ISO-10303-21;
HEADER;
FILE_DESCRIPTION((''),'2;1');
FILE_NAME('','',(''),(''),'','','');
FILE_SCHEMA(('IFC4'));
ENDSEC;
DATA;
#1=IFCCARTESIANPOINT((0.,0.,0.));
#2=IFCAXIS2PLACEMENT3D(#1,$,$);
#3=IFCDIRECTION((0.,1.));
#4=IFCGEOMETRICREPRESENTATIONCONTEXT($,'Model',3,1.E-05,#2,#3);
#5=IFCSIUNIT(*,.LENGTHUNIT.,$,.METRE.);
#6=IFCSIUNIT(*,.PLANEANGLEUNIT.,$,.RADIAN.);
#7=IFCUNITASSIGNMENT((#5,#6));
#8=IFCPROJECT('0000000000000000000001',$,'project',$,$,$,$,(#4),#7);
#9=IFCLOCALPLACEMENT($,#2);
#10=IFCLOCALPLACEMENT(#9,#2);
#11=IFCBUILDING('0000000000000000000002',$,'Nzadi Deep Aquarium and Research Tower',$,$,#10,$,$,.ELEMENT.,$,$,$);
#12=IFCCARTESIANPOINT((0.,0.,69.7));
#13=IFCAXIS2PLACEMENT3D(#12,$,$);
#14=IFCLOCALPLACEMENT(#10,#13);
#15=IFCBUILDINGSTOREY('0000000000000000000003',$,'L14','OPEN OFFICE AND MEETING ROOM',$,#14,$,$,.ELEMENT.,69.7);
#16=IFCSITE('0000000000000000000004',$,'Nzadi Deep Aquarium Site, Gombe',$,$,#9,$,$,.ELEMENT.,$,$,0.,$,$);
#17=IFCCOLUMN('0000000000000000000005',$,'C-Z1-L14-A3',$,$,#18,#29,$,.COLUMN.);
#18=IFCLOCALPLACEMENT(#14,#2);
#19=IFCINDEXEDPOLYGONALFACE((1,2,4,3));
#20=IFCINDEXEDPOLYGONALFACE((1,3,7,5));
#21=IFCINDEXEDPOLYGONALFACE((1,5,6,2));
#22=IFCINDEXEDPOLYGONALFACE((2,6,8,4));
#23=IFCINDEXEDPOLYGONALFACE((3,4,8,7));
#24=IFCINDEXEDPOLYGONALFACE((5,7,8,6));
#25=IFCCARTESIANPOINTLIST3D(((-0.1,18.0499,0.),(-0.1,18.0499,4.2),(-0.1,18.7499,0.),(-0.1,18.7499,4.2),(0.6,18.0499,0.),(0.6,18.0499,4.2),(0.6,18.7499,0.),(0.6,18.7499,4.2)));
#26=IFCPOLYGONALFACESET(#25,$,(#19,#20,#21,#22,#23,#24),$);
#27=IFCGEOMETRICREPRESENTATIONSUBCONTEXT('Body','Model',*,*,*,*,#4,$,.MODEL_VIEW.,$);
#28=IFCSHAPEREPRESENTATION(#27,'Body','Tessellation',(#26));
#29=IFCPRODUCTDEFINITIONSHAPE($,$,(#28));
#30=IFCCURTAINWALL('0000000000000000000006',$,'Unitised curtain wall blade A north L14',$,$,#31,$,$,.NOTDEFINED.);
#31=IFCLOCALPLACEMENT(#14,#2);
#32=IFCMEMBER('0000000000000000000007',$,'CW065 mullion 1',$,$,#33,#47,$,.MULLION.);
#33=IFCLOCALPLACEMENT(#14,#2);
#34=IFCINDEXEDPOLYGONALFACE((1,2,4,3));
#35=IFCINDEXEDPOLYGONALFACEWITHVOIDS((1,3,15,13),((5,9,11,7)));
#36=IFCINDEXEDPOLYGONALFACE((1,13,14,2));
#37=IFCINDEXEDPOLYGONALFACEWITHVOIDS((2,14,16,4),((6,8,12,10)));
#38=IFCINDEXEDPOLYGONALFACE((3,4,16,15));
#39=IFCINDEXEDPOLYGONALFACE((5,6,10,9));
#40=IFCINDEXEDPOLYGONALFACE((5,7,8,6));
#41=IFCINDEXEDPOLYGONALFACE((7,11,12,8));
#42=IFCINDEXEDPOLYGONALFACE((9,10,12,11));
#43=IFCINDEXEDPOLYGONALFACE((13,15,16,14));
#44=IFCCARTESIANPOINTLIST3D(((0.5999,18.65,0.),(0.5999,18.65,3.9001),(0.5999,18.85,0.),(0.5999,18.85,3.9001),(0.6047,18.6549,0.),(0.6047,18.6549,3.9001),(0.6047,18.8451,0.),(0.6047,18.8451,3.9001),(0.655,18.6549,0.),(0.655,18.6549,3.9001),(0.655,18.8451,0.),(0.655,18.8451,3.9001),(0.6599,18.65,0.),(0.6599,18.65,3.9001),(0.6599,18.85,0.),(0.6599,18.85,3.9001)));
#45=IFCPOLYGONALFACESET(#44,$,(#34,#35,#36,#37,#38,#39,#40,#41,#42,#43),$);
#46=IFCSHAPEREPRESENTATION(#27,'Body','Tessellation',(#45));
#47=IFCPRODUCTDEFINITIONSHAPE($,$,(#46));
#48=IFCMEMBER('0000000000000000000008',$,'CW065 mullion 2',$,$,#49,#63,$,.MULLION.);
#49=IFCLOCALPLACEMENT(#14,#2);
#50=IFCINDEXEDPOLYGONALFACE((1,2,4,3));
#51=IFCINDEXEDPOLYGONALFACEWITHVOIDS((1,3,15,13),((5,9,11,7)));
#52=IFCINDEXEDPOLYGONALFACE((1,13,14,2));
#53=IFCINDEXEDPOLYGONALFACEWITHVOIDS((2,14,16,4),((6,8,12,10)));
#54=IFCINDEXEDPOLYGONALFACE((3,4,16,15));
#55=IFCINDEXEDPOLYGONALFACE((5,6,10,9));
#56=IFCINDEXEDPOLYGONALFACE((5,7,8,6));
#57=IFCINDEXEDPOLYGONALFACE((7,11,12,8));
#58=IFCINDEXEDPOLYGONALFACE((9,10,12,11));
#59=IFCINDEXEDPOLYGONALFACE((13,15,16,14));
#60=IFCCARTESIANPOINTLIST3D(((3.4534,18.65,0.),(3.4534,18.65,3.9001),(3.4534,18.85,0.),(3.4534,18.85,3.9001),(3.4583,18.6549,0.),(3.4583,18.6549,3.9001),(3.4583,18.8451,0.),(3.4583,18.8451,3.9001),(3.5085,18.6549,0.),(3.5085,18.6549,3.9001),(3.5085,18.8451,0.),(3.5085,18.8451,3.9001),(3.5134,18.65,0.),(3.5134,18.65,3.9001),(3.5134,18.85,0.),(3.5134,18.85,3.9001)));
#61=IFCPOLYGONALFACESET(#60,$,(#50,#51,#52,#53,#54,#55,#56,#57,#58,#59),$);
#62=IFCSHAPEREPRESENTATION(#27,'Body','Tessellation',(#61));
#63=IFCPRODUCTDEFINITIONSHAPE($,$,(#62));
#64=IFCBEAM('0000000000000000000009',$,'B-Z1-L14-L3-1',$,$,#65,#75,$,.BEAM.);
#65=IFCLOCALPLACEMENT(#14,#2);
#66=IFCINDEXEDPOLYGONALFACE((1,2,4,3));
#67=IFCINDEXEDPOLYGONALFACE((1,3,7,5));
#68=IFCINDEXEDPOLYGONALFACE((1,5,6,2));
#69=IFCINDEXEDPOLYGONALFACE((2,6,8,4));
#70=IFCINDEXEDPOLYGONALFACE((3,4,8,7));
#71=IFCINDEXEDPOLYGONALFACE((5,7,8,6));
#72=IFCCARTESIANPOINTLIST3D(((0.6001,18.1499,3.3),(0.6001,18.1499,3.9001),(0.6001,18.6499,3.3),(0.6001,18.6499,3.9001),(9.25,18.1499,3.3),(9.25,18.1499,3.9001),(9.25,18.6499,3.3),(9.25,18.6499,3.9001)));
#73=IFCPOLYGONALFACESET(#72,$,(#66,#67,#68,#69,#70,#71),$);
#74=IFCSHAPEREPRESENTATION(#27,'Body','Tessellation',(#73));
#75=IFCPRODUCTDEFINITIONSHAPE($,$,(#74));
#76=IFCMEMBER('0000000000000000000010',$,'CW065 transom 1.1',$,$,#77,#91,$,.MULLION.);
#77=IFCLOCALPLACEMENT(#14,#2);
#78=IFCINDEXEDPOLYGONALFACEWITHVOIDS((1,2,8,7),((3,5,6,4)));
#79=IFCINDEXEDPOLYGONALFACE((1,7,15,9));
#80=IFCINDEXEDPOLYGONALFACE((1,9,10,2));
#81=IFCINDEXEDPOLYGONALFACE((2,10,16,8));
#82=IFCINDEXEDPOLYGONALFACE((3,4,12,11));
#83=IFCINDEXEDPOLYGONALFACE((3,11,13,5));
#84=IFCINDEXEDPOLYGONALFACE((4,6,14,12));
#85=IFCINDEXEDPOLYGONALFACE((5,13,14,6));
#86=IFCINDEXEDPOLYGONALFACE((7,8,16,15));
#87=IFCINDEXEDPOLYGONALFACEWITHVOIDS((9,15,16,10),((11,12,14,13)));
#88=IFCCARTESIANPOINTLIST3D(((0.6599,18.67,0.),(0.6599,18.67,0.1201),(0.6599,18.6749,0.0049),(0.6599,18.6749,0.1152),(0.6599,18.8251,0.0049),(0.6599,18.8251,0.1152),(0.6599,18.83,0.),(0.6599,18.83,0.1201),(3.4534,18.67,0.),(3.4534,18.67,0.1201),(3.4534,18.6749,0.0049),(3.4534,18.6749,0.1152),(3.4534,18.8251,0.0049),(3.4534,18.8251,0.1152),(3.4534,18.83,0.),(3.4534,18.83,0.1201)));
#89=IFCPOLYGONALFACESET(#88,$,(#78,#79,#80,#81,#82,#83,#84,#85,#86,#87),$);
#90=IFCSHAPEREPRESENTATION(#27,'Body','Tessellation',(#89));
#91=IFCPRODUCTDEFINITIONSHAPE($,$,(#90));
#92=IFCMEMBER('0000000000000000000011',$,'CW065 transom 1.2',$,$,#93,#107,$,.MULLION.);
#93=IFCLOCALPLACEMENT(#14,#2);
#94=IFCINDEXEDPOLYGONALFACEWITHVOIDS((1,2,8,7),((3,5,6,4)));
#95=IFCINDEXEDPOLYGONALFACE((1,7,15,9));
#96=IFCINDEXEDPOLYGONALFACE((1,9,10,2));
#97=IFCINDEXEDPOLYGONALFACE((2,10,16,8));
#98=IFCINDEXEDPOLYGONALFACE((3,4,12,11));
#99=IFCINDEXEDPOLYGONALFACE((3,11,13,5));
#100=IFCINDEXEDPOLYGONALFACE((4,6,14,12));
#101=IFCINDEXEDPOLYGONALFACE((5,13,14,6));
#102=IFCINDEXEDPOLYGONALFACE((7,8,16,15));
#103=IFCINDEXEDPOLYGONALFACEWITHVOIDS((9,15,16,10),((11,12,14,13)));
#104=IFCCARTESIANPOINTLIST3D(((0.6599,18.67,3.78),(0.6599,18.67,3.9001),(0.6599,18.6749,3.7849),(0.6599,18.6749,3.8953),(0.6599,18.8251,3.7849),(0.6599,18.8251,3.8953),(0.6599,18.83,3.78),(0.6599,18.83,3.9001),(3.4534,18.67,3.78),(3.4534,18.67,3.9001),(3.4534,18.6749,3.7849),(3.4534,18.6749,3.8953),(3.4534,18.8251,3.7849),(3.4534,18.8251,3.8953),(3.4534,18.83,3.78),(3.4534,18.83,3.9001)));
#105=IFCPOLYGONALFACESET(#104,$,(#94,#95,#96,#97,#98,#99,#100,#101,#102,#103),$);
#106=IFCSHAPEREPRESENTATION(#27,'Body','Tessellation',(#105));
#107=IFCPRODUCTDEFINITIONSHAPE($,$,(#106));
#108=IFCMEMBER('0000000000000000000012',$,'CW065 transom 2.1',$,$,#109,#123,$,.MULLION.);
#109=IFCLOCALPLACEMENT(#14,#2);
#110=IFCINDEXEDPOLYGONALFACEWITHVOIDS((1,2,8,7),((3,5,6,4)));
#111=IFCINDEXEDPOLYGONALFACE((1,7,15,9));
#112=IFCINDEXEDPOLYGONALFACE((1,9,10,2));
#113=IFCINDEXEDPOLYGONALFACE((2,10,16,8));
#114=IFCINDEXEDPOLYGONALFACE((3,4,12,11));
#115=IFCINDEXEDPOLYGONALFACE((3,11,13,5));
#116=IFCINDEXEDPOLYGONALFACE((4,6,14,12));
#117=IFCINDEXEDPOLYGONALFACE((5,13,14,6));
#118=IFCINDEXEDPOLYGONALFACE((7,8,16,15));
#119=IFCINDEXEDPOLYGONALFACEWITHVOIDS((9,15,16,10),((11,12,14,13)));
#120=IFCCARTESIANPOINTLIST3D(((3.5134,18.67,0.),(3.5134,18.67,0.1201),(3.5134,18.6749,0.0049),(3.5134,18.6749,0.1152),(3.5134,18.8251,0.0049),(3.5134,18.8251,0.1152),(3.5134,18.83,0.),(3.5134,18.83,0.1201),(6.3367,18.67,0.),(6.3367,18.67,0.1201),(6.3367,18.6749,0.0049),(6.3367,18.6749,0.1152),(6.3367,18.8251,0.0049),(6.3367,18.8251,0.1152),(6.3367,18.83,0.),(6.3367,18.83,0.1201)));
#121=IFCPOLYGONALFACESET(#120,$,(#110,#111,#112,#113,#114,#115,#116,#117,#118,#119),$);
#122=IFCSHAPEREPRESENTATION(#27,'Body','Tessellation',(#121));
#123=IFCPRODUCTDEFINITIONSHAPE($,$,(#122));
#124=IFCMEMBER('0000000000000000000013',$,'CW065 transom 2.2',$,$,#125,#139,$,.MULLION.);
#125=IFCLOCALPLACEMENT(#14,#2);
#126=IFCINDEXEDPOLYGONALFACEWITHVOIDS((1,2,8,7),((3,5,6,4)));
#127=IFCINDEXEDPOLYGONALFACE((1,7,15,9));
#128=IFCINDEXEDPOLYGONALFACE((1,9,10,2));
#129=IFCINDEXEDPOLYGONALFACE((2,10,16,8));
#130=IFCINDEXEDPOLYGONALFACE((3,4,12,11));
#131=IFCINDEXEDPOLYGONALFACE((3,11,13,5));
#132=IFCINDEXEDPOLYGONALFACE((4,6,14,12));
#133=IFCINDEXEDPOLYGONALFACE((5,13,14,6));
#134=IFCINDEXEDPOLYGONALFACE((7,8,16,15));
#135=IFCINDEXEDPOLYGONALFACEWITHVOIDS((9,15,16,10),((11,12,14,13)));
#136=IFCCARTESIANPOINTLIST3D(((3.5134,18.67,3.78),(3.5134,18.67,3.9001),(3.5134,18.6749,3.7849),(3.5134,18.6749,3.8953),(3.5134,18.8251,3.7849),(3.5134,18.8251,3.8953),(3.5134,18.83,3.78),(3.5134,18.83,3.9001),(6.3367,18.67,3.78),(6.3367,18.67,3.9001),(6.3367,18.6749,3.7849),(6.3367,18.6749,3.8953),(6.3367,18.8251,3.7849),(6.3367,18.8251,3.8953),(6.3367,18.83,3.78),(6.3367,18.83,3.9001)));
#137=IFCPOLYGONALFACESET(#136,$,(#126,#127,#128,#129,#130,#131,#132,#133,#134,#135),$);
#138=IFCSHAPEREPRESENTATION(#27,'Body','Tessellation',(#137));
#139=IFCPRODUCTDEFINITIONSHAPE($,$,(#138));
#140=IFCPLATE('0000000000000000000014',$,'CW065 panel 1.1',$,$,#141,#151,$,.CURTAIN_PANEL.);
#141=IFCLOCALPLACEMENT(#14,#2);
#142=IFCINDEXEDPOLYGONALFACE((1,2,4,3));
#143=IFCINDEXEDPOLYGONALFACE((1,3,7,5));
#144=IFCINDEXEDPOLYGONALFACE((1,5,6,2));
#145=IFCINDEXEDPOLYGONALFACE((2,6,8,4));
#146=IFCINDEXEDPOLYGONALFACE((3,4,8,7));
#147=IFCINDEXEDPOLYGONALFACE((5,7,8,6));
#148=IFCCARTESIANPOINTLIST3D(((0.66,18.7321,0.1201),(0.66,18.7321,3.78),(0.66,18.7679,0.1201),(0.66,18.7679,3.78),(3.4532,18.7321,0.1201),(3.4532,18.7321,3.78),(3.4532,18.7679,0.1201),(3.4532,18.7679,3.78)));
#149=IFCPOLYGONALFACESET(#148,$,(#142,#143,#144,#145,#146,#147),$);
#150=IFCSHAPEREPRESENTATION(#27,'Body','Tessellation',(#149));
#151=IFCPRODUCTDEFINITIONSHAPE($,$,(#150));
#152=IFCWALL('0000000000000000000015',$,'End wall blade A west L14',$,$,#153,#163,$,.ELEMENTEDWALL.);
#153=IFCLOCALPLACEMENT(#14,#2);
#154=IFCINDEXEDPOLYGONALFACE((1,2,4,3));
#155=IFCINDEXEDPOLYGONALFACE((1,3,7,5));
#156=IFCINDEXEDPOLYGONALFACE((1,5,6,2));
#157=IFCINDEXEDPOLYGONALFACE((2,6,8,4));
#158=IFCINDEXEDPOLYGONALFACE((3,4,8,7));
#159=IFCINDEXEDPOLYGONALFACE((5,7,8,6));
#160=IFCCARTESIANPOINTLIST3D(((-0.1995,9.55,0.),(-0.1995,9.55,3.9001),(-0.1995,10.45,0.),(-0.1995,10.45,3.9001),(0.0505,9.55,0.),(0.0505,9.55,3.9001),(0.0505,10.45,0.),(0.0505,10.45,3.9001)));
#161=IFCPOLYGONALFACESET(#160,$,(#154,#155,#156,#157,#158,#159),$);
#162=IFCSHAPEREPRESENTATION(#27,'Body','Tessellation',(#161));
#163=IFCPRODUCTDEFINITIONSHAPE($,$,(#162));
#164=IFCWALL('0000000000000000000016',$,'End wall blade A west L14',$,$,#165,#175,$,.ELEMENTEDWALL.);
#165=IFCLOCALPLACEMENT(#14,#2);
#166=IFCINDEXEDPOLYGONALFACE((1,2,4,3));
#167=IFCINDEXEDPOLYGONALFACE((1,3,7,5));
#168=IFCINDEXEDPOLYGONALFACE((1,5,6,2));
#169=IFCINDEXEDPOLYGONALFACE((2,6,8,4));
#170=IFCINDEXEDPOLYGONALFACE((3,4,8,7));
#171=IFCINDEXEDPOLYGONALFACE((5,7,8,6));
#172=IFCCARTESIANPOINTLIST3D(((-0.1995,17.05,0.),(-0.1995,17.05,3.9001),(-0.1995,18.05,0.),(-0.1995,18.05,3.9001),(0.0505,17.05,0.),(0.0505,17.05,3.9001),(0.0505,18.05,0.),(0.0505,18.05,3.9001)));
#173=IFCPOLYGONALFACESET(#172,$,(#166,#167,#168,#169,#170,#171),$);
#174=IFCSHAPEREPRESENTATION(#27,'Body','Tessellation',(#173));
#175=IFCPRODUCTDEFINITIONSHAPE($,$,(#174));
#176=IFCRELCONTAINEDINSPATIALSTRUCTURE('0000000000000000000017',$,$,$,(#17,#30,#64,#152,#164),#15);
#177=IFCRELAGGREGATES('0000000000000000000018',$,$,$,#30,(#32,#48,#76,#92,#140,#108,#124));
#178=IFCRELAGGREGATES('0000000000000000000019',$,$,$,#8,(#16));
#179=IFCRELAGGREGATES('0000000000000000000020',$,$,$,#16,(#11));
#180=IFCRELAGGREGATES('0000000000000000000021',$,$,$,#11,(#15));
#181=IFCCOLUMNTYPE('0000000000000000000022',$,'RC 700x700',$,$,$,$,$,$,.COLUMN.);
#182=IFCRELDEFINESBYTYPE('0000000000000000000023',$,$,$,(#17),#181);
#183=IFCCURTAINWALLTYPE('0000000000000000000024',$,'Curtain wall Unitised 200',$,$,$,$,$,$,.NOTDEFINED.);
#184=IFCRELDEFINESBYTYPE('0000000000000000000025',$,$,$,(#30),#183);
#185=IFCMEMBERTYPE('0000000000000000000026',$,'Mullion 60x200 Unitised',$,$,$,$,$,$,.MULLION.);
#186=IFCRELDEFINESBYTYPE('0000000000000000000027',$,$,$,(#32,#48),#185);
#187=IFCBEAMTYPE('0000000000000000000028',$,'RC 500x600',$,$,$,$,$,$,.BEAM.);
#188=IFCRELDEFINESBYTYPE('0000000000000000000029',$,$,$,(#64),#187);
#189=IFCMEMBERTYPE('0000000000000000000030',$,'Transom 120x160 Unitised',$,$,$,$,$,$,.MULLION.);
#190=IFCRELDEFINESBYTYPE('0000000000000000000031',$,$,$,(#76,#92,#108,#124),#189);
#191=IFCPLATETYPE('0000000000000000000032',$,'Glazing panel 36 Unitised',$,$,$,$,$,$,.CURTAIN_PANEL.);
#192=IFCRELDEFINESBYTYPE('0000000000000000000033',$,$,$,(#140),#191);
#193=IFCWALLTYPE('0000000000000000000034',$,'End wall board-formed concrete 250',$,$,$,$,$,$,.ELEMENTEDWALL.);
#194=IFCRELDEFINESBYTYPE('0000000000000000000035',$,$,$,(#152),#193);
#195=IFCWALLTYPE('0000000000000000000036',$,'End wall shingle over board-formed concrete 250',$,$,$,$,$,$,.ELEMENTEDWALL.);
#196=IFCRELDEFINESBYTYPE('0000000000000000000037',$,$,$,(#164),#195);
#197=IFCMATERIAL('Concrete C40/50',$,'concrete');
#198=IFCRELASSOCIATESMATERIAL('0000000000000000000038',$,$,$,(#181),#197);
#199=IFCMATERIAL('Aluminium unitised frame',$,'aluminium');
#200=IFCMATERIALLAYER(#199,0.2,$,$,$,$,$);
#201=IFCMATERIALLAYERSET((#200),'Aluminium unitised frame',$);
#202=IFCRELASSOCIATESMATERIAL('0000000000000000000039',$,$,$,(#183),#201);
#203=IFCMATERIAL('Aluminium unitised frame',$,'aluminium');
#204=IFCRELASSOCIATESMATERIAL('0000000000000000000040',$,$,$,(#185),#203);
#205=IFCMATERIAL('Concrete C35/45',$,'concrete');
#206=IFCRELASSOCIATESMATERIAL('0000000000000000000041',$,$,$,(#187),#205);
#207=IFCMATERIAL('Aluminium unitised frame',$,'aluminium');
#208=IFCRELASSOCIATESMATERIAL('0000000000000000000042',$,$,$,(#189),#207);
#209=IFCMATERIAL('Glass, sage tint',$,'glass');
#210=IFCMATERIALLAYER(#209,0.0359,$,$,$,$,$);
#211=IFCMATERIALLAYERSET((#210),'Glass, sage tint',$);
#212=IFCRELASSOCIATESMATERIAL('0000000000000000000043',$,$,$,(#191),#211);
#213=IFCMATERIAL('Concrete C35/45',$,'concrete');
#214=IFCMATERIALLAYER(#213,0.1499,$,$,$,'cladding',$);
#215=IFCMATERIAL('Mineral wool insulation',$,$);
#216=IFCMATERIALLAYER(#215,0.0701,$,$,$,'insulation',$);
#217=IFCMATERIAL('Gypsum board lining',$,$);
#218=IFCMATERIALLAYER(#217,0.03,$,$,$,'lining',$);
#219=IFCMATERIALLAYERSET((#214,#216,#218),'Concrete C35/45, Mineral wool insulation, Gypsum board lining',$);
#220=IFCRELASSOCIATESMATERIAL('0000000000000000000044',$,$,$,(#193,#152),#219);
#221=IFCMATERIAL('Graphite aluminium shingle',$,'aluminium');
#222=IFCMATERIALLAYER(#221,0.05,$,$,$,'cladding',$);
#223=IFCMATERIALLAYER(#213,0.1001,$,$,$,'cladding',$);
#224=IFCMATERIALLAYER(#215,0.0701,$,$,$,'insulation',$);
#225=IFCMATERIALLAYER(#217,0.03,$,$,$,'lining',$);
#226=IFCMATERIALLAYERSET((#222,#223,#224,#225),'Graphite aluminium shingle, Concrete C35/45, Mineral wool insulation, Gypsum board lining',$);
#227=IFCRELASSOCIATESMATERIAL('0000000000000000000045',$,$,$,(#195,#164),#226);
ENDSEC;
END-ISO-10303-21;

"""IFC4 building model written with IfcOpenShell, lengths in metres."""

from ifc_helpers import new_model, si_unit, direction, frame, frame_2d, origin, origin_2d, place, context, subcontext, project, spatial, rectangle, hollow_rectangle, extrude, material, layer, layer_set, layer_usage, material_profile, profile_set, type_object, element, aggregate, save


model = new_model("IFC4")

# Units and contexts
model_context = context("Model", 3, precision=1e-05, world=origin(), true_north=direction((0.0, 1.0)))
body_context = subcontext(model_context, "Body", "Model", "MODEL_VIEW")
ifc_project = project(units=[si_unit("LENGTHUNIT", "METRE"), si_unit("PLANEANGLEUNIT", "RADIAN")], contexts=[model_context])

# Site, building, storey
site_placement = place(None, origin())
site = spatial("IfcSite", under=ifc_project, at=site_placement, Name="Nzadi Deep Aquarium Site, Gombe", CompositionType="ELEMENT", RefElevation=0.0)
building_placement = place(site_placement, origin())
building = spatial("IfcBuilding", under=site, at=building_placement, Name="Nzadi Deep Aquarium and Research Tower", CompositionType="ELEMENT")
storey_placement = place(building_placement, frame((0.0, 0.0, 69.7)))
storey = spatial("IfcBuildingStorey", under=building, at=storey_placement, Name="L14", Description="OPEN OFFICE AND MEETING ROOM", CompositionType="ELEMENT", Elevation=69.7)

# Column
ifc_material_1 = material(Name="Concrete C40/50", Category="concrete")
ifc_material_profile_1 = material_profile(ifc_material_1, rectangle(XDim=0.7, YDim=0.7, at=origin_2d()))
ifc_profile_set_1 = profile_set([ifc_material_profile_1], Name="Concrete C40/50")
column_type = type_object("IfcColumnType", Name="RC 700x700", PredefinedType="COLUMN", material=ifc_profile_set_1)
column_placement = place(storey_placement, frame((0.25, 18.3999, 0.0), z_axis=(0.0, 0.0, 1.0), x_axis=(1.0, 0.0, 0.0)))
element("IfcColumn", 1, at=column_placement, inside=storey, type_object=column_type, Name="C-Z1-L14-A3", PredefinedType="COLUMN", context=body_context, shape_type="SweptSolid", body=[
    extrude(rectangle(XDim=0.7, YDim=0.7, at=origin_2d()), origin(), (0.0, 0.0, 1.0), 4.2),
])

# Curtain wall, members
ifc_material_2 = material(Name="Aluminium unitised frame", Category="aluminium")
ifc_layer_1 = layer(ifc_material_2, 0.2)
ifc_layer_set_1 = layer_set([ifc_layer_1], Name="Aluminium unitised frame")
curtain_wall_type = type_object("IfcCurtainWallType", Name="Curtain wall Unitised 200", PredefinedType="NOTDEFINED", material=ifc_layer_set_1)
curtain_wall_placement = place(storey_placement, origin())
curtain_wall = element("IfcCurtainWall", 2, at=curtain_wall_placement, inside=storey, type_object=curtain_wall_type, Name="Unitised curtain wall blade A north L14", PredefinedType="NOTDEFINED")
ifc_material_3 = material(Name="Aluminium unitised frame", Category="aluminium")
ifc_material_profile_2 = material_profile(ifc_material_3, hollow_rectangle(XDim=0.2, YDim=0.0601, WallThickness=0.0049, at=origin_2d()))
ifc_profile_set_2 = profile_set([ifc_material_profile_2], Name="Aluminium unitised frame")
member_type_1 = type_object("IfcMemberType", Name="Mullion 60x200 Unitised", PredefinedType="MULLION", material=ifc_profile_set_2)
member_1_placement = place(storey_placement, frame((0.6299, 18.75, 0.0), z_axis=(0.0, 0.0, 1.0), x_axis=(0.0, 1.0, 0.0)))
member_1 = element("IfcMember", 3, at=member_1_placement, type_object=member_type_1, Name="CW065 mullion 1", PredefinedType="MULLION", context=body_context, shape_type="SweptSolid", body=[
    extrude(hollow_rectangle(XDim=0.2, YDim=0.0601, WallThickness=0.0049, at=origin_2d()), origin(), (0.0, 0.0, 1.0), 3.9001),
])
member_2_placement = place(storey_placement, frame((3.4834, 18.75, 0.0), z_axis=(0.0, 0.0, 1.0), x_axis=(0.0, 1.0, 0.0)))
member_2 = element("IfcMember", 4, at=member_2_placement, type_object=member_type_1, Name="CW065 mullion 2", PredefinedType="MULLION", context=body_context, shape_type="SweptSolid", body=[
    extrude(hollow_rectangle(XDim=0.2, YDim=0.0601, WallThickness=0.0049, at=origin_2d()), origin(), (0.0, 0.0, 1.0), 3.9001),
])

# Beam
ifc_material_4 = material(Name="Concrete C35/45", Category="concrete")
ifc_material_profile_3 = material_profile(ifc_material_4, rectangle(XDim=0.5, YDim=0.6001, at=origin_2d()))
ifc_profile_set_3 = profile_set([ifc_material_profile_3], Name="Concrete C35/45")
beam_type = type_object("IfcBeamType", Name="RC 500x600", PredefinedType="BEAM", material=ifc_profile_set_3)
beam_placement = place(storey_placement, frame((0.6001, 18.3999, 3.6001), z_axis=(1.0, 0.0, 0.0), x_axis=(0.0, 1.0, 0.0)))
element("IfcBeam", 5, at=beam_placement, inside=storey, type_object=beam_type, Name="B-Z1-L14-L3-1", PredefinedType="BEAM", context=body_context, shape_type="SweptSolid", body=[
    extrude(rectangle(XDim=0.5, YDim=0.6001, at=origin_2d()), origin(), (0.0, 0.0, 1.0), 8.6499),
])

# Members
ifc_material_5 = material(Name="Aluminium unitised frame", Category="aluminium")
ifc_material_profile_4 = material_profile(ifc_material_5, hollow_rectangle(XDim=0.1599, YDim=0.1201, WallThickness=0.0049, at=origin_2d()))
ifc_profile_set_4 = profile_set([ifc_material_profile_4], Name="Aluminium unitised frame")
member_type_2 = type_object("IfcMemberType", Name="Transom 120x160 Unitised", PredefinedType="MULLION", material=ifc_profile_set_4)
member_3_placement = place(storey_placement, frame((0.6599, 18.75, 0.0601), z_axis=(1.0, 0.0, 0.0), x_axis=(0.0, 1.0, 0.0)))
member_3 = element("IfcMember", 6, at=member_3_placement, type_object=member_type_2, Name="CW065 transom 1.1", PredefinedType="MULLION", context=body_context, shape_type="SweptSolid", body=[
    extrude(hollow_rectangle(XDim=0.1599, YDim=0.1201, WallThickness=0.0049, at=origin_2d()), origin(), (0.0, 0.0, 1.0), 2.7935),
])
member_4_placement = place(storey_placement, frame((0.6599, 18.75, 3.8401), z_axis=(1.0, 0.0, 0.0), x_axis=(0.0, 1.0, 0.0)))
member_4 = element("IfcMember", 7, at=member_4_placement, type_object=member_type_2, Name="CW065 transom 1.2", PredefinedType="MULLION", context=body_context, shape_type="SweptSolid", body=[
    extrude(hollow_rectangle(XDim=0.1599, YDim=0.1201, WallThickness=0.0049, at=origin_2d()), origin(), (0.0, 0.0, 1.0), 2.7935),
])
member_5_placement = place(storey_placement, frame((3.5134, 18.75, 0.0601), z_axis=(1.0, 0.0, 0.0), x_axis=(0.0, 1.0, 0.0)))
member_5 = element("IfcMember", 8, at=member_5_placement, type_object=member_type_2, Name="CW065 transom 2.1", PredefinedType="MULLION", context=body_context, shape_type="SweptSolid", body=[
    extrude(hollow_rectangle(XDim=0.1599, YDim=0.1201, WallThickness=0.0049, at=origin_2d()), origin(), (0.0, 0.0, 1.0), 2.8232),
])
member_6_placement = place(storey_placement, frame((3.5134, 18.75, 3.8401), z_axis=(1.0, 0.0, 0.0), x_axis=(0.0, 1.0, 0.0)))
member_6 = element("IfcMember", 9, at=member_6_placement, type_object=member_type_2, Name="CW065 transom 2.2", PredefinedType="MULLION", context=body_context, shape_type="SweptSolid", body=[
    extrude(hollow_rectangle(XDim=0.1599, YDim=0.1201, WallThickness=0.0049, at=origin_2d()), origin(), (0.0, 0.0, 1.0), 2.8232),
])

# Plate
ifc_material_6 = material(Name="Glass, sage tint", Category="glass")
ifc_layer_2 = layer(ifc_material_6, 0.0359)
ifc_layer_set_2 = layer_set([ifc_layer_2], Name="Glass, sage tint")
plate_type = type_object("IfcPlateType", Name="Glazing panel 36 Unitised", PredefinedType="CURTAIN_PANEL", material=ifc_layer_set_2)
plate_placement = place(storey_placement, frame((2.0566, 18.75, 0.1201), z_axis=(0.0, 0.0, 1.0), x_axis=(1.0, 0.0, 0.0)))
plate = element("IfcPlate", 10, at=plate_placement, type_object=plate_type, Name="CW065 panel 1.1", PredefinedType="CURTAIN_PANEL", context=body_context, shape_type="SweptSolid", body=[
    extrude(rectangle(XDim=2.7932, YDim=0.0359, at=origin_2d()), origin(), (0.0, 0.0, 1.0), 3.6599),
])
aggregate(curtain_wall, [member_1, member_2, member_3, member_4, plate, member_5, member_6])

# Walls
ifc_material_7 = material(Name="Concrete C35/45", Category="concrete")
ifc_layer_3 = layer(ifc_material_7, 0.1499, Category="cladding")
ifc_material_8 = material(Name="Mineral wool insulation")
ifc_layer_4 = layer(ifc_material_8, 0.0701, Category="insulation")
ifc_material_9 = material(Name="Gypsum board lining")
ifc_layer_5 = layer(ifc_material_9, 0.03, Category="lining")
ifc_layer_set_3 = layer_set([ifc_layer_3, ifc_layer_4, ifc_layer_5], Name="Concrete C35/45, Mineral wool insulation, Gypsum board lining")
ifc_layer_usage_1 = layer_usage(ifc_layer_set_3, "AXIS2", "POSITIVE", -0.125)
wall_type_1 = type_object("IfcWallType", Name="End wall board-formed concrete 250", PredefinedType="ELEMENTEDWALL", material=ifc_layer_set_3)
wall_1_placement = place(storey_placement, frame((-0.0745, 10.45, 0.0), z_axis=(0.0, 0.0, 1.0), x_axis=(0.0, -1.0, 0.0)))
element("IfcWall", 11, at=wall_1_placement, inside=storey, type_object=wall_type_1, material=ifc_layer_usage_1, Name="End wall blade A west L14", PredefinedType="ELEMENTEDWALL", context=body_context, shape_type="SweptSolid", body=[
    extrude(rectangle(XDim=0.8999, YDim=0.25, at=frame_2d((0.45, 0.0))), origin(), (0.0, 0.0, 1.0), 3.9001),
])
ifc_material_10 = material(Name="Graphite aluminium shingle", Category="aluminium")
ifc_layer_6 = layer(ifc_material_10, 0.05, Category="cladding")
ifc_layer_7 = layer(ifc_material_7, 0.1001, Category="cladding")
ifc_layer_8 = layer(ifc_material_8, 0.0701, Category="insulation")
ifc_layer_9 = layer(ifc_material_9, 0.03, Category="lining")
ifc_layer_set_4 = layer_set([ifc_layer_6, ifc_layer_7, ifc_layer_8, ifc_layer_9], Name="Graphite aluminium shingle, Concrete C35/45, Mineral wool insulation, Gypsum board lining")
ifc_layer_usage_2 = layer_usage(ifc_layer_set_4, "AXIS2", "POSITIVE", -0.125)
wall_type_2 = type_object("IfcWallType", Name="End wall shingle over board-formed concrete 250", PredefinedType="ELEMENTEDWALL", material=ifc_layer_set_4)
wall_2_placement = place(storey_placement, frame((-0.0745, 18.05, 0.0), z_axis=(0.0, 0.0, 1.0), x_axis=(0.0, -1.0, 0.0)))
element("IfcWall", 12, at=wall_2_placement, inside=storey, type_object=wall_type_2, material=ifc_layer_usage_2, Name="End wall blade A west L14", PredefinedType="ELEMENTEDWALL", context=body_context, shape_type="SweptSolid", body=[
    extrude(rectangle(XDim=1.0, YDim=0.25, at=frame_2d((0.5, 0.0))), origin(), (0.0, 0.0, 1.0), 3.9001),
])

save(model, "model.ifc")
